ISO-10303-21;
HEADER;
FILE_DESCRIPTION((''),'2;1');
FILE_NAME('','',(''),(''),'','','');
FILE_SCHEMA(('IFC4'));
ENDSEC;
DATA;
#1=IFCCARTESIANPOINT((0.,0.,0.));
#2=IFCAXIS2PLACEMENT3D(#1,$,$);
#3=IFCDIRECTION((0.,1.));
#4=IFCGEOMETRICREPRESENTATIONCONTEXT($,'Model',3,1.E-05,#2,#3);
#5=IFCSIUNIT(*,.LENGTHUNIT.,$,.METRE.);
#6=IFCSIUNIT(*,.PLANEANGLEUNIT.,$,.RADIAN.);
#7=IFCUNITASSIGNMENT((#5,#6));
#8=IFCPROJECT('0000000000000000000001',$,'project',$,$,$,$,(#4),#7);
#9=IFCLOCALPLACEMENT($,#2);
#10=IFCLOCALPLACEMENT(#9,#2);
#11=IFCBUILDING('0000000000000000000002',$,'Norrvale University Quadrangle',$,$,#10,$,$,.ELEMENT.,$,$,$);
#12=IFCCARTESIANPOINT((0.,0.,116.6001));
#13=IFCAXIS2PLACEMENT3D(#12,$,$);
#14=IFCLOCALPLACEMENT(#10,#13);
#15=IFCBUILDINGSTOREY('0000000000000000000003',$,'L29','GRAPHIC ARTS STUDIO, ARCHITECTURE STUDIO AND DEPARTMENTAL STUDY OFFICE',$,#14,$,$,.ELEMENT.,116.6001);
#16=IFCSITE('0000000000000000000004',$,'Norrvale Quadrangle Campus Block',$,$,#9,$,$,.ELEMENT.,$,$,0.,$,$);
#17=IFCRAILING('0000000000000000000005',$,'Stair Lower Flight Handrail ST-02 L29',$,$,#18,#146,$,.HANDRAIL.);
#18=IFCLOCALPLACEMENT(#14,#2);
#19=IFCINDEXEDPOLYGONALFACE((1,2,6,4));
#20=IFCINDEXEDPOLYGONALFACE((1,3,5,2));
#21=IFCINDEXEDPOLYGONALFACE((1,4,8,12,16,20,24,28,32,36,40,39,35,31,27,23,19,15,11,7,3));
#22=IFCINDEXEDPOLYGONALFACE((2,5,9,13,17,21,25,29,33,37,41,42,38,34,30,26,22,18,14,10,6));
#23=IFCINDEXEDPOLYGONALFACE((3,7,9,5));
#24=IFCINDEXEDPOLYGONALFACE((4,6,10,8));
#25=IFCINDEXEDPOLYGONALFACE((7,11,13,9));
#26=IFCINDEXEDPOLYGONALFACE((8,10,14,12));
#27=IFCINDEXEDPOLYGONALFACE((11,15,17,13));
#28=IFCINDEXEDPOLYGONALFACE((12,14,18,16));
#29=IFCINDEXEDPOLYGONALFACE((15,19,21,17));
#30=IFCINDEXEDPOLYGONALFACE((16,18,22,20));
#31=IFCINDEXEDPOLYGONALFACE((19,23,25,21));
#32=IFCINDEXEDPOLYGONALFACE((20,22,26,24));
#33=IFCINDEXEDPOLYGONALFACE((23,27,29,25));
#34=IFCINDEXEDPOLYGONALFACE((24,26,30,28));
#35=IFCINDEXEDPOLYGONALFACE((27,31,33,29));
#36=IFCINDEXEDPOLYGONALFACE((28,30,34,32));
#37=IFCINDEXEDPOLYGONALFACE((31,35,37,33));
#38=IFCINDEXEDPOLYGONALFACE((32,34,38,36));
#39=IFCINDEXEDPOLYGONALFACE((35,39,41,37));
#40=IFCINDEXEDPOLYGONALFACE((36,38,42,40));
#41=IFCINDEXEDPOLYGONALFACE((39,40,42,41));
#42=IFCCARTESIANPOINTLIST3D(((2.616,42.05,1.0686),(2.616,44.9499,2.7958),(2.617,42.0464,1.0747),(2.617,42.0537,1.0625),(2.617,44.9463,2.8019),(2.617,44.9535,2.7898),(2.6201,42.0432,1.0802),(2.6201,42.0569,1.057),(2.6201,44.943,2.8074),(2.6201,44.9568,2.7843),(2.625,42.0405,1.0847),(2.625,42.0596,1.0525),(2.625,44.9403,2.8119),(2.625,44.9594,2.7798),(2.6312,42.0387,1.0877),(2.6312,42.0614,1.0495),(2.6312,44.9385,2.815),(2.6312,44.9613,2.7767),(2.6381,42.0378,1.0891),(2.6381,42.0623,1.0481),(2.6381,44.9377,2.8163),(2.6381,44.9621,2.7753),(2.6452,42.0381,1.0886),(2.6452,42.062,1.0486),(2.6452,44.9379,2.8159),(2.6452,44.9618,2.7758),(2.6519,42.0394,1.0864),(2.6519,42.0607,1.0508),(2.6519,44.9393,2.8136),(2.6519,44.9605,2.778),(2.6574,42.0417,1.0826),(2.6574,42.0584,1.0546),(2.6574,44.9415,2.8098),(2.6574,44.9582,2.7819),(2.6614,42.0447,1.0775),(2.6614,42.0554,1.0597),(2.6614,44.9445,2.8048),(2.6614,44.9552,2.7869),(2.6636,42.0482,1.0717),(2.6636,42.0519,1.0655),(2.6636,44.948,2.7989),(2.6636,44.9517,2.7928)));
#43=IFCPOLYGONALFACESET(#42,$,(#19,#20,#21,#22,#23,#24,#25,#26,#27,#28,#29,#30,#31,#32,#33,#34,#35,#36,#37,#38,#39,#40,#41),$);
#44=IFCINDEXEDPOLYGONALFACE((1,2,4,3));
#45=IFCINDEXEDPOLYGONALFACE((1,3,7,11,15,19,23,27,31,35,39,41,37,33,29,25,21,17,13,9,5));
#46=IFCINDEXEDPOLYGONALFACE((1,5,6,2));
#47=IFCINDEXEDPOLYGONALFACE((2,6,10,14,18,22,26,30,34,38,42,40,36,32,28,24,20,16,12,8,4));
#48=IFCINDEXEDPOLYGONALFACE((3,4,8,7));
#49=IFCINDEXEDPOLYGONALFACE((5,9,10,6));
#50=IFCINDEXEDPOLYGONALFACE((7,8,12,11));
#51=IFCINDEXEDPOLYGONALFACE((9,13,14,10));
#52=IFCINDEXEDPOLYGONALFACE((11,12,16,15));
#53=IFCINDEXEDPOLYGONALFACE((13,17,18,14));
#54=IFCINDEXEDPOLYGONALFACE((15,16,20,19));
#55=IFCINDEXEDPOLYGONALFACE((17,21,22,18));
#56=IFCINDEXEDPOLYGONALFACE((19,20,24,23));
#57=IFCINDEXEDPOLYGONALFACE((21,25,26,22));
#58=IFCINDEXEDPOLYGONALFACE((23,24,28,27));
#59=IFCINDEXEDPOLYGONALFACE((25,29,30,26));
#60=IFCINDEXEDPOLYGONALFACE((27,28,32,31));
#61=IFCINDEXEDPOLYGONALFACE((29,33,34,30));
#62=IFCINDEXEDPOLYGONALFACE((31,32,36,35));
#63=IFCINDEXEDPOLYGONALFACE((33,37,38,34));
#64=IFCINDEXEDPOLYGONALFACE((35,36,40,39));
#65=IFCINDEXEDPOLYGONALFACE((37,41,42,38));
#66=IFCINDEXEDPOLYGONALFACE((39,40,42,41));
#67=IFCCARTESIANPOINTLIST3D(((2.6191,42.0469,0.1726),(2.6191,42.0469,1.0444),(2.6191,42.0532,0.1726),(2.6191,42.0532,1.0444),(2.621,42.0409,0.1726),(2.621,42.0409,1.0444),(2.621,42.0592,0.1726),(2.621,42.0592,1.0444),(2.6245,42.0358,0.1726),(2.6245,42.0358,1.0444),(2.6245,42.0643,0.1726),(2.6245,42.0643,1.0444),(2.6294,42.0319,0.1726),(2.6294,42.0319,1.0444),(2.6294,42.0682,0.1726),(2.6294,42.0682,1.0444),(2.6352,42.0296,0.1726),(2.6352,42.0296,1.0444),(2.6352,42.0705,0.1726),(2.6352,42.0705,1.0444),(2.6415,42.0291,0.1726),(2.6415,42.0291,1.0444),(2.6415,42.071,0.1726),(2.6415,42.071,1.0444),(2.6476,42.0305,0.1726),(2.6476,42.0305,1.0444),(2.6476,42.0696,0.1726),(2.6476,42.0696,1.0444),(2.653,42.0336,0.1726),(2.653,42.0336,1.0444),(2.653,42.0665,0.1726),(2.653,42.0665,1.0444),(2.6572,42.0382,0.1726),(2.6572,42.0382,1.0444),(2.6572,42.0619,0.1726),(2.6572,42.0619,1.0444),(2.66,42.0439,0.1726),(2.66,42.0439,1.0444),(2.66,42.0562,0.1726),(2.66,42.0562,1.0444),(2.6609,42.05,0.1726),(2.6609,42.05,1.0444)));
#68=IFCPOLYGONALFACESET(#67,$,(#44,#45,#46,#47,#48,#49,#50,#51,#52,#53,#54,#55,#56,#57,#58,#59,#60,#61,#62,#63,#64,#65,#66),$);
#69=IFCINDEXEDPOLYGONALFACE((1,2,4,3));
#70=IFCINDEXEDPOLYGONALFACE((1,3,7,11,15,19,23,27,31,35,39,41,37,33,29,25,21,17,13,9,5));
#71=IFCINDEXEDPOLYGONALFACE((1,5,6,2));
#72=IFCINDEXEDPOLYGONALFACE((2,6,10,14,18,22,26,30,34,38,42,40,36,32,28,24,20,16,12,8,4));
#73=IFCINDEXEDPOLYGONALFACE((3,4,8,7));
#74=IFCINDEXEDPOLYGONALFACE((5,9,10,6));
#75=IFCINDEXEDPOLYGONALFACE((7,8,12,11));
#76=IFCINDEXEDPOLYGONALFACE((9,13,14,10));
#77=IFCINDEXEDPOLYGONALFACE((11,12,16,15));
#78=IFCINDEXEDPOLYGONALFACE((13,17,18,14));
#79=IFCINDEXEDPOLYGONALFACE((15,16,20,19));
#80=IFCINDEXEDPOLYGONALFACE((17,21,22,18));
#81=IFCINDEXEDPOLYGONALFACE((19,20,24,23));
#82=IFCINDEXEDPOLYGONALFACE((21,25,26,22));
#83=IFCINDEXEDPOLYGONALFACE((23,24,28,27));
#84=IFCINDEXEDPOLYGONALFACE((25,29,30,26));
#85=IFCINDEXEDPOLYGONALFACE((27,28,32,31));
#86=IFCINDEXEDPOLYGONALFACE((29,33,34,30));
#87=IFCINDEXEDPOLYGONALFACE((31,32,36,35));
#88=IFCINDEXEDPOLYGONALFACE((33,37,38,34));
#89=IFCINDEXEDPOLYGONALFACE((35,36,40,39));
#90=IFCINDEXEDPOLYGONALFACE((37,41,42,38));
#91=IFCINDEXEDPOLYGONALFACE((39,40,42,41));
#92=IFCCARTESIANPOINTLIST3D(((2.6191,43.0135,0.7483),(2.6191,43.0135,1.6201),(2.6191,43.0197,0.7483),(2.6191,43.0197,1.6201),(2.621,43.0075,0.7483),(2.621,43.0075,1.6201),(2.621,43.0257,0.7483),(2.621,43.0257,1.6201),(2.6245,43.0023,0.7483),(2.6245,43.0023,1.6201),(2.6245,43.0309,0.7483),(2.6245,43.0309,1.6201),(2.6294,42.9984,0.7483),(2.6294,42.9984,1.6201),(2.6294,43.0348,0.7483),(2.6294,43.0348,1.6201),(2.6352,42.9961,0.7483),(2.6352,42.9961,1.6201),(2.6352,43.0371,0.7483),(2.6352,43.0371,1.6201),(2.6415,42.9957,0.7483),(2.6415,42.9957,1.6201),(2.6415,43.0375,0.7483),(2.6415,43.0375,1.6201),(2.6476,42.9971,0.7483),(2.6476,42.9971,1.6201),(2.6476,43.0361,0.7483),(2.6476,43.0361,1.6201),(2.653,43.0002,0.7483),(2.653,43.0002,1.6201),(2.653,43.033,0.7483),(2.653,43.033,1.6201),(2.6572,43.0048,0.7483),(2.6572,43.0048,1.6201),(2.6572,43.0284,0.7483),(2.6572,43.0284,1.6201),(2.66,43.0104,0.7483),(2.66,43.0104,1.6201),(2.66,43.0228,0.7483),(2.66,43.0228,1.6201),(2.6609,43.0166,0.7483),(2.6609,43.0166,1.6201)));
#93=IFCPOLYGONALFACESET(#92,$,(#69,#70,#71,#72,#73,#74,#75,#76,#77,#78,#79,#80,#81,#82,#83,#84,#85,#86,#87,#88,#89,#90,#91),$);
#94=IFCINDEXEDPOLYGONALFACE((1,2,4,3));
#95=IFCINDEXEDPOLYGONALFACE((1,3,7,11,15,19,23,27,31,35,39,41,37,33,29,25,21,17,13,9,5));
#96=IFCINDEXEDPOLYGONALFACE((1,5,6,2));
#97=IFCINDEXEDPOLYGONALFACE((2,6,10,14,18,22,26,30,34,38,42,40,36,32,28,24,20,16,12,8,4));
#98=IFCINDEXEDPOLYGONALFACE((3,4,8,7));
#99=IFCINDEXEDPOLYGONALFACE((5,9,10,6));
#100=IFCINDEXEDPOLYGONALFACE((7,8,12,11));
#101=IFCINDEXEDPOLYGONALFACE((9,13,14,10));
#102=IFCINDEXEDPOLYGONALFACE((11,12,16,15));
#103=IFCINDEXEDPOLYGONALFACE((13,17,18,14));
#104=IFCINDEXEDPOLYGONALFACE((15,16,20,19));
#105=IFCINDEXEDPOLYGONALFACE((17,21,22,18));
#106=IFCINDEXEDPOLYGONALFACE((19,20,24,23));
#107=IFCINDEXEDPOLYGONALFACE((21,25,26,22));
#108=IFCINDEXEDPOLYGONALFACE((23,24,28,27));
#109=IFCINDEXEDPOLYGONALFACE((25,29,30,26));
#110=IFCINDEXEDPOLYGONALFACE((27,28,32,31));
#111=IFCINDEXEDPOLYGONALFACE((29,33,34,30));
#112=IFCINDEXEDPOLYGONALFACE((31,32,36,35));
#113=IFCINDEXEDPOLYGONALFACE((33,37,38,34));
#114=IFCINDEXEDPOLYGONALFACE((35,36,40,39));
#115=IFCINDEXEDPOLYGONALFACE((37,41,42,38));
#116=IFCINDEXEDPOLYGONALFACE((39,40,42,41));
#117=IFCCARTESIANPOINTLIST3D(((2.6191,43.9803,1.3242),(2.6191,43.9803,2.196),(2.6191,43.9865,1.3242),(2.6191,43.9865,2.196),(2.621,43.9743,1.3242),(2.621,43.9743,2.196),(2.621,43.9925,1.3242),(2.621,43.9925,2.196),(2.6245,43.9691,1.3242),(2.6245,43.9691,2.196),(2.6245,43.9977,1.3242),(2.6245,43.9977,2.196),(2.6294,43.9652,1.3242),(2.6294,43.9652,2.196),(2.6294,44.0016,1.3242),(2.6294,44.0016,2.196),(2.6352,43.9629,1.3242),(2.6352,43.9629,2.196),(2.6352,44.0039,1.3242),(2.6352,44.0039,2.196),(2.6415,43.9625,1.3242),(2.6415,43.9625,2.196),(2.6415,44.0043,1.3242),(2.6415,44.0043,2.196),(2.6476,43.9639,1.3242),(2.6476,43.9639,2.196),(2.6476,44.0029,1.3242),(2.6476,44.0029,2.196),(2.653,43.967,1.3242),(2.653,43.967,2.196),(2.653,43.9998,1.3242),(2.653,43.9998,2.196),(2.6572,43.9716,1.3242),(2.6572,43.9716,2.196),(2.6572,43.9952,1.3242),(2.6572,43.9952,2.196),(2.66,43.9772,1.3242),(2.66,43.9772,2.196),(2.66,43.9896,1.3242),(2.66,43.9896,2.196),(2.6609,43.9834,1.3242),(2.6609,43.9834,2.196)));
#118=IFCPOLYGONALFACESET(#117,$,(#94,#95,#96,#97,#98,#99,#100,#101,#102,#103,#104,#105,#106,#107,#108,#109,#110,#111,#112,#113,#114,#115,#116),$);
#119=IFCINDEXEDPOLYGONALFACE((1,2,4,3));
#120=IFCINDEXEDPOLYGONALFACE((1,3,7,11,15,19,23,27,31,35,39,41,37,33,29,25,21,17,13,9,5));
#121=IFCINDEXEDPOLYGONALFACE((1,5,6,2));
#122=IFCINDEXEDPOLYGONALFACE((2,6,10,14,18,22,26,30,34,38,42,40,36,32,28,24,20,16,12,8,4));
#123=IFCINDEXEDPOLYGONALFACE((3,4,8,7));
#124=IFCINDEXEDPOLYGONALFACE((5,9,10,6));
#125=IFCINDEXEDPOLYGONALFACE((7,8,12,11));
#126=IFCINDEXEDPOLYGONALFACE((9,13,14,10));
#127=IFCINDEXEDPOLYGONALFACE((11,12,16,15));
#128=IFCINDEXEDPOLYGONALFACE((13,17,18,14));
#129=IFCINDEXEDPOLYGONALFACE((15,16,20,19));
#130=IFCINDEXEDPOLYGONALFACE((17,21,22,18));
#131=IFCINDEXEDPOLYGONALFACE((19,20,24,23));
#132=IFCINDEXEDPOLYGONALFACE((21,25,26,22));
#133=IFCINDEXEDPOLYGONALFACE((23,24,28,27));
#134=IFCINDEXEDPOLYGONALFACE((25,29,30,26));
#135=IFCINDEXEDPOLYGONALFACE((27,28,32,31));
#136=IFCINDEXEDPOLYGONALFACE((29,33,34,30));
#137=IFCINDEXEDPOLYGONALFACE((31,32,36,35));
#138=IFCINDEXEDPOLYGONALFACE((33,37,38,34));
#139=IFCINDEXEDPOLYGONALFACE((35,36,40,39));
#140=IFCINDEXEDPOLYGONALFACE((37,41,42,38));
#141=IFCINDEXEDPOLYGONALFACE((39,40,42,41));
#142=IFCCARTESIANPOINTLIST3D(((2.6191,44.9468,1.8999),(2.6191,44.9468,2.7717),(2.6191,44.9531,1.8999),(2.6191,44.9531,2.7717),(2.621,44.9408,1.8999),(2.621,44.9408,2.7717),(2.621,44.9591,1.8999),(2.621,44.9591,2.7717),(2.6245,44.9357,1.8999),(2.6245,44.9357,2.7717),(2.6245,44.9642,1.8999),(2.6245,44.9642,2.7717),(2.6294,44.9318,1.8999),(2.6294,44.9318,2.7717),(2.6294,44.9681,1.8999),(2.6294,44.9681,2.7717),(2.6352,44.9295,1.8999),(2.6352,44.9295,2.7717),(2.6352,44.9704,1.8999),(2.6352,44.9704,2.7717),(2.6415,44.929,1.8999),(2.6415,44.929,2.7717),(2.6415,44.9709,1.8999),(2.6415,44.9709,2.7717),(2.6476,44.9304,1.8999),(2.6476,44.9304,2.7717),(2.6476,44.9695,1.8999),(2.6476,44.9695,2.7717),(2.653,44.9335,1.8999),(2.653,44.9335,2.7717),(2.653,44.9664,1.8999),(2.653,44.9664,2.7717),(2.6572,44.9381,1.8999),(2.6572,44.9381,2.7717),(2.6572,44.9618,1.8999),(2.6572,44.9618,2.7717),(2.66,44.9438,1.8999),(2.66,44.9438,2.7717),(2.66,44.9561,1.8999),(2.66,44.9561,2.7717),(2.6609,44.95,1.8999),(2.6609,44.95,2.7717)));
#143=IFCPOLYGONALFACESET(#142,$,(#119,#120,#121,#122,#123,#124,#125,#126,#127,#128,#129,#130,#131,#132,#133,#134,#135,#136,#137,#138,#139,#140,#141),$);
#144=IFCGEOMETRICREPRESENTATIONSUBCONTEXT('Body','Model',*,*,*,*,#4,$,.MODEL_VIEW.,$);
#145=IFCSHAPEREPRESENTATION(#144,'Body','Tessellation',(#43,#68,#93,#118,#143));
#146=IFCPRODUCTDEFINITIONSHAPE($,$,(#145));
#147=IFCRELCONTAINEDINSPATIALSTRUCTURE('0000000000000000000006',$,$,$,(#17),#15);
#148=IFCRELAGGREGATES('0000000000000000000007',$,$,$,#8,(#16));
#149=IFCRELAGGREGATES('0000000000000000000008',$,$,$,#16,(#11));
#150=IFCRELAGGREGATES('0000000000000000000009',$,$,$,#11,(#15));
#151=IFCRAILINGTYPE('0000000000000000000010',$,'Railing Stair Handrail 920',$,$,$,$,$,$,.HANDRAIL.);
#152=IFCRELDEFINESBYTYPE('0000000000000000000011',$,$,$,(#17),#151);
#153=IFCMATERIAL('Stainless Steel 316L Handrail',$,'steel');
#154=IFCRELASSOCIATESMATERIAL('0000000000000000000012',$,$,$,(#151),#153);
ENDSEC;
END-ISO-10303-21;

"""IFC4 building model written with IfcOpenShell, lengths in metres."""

from ifc_helpers import new_model, si_unit, direction, frame, origin, origin_2d, place, context, subcontext, project, spatial, circle, extrude, material, type_object, element, save


model = new_model("IFC4")

# Units and contexts
model_context = context("Model", 3, precision=1e-05, world=origin(), true_north=direction((0.0, 1.0)))
body_context = subcontext(model_context, "Body", "Model", "MODEL_VIEW")
ifc_project = project(units=[si_unit("LENGTHUNIT", "METRE"), si_unit("PLANEANGLEUNIT", "RADIAN")], contexts=[model_context])

# Site, building, storey
site_placement = place(None, origin())
site = spatial("IfcSite", under=ifc_project, at=site_placement, Name="Norrvale Quadrangle Campus Block", CompositionType="ELEMENT", RefElevation=0.0)
building_placement = place(site_placement, origin())
building = spatial("IfcBuilding", under=site, at=building_placement, Name="Norrvale University Quadrangle", CompositionType="ELEMENT")
storey_placement = place(building_placement, frame((0.0, 0.0, 116.6001)))
storey = spatial("IfcBuildingStorey", under=building, at=storey_placement, Name="L29", Description="GRAPHIC ARTS STUDIO, ARCHITECTURE STUDIO AND DEPARTMENTAL STUDY OFFICE", CompositionType="ELEMENT", Elevation=116.6001)

# Railing
ifc_material_1 = material(Name="Stainless Steel 316L Handrail", Category="steel")
railing_type_1 = type_object("IfcRailingType", Name="Railing Stair Handrail 920", PredefinedType="HANDRAIL", material=ifc_material_1)
railing_1_placement = place(storey_placement, frame((2.6399, 42.05, 0.1726)))
element("IfcRailing", 1, at=railing_1_placement, inside=storey, type_object=railing_type_1, Name="Stair Lower Flight Handrail ST-02 L29", PredefinedType="HANDRAIL", context=body_context, shape_type="SweptSolid", body=[
    extrude(circle(Radius=0.0239, at=origin_2d()), frame((0.0, 0.0, 0.896), z_axis=(0.0, 0.859141, 0.511738), x_axis=(-1.0, 0.0, 0.0)), (0.0, 0.0, 1.0), 3.3752),
    extrude(circle(Radius=0.021, at=origin_2d()), origin(), (0.0, 0.0, 1.0), 0.8718),
    extrude(circle(Radius=0.021, at=origin_2d()), frame((0.0, 0.9666, 0.5757)), (0.0, 0.0, 1.0), 0.8718),
    extrude(circle(Radius=0.021, at=origin_2d()), frame((0.0, 1.9333, 1.1516)), (0.0, 0.0, 1.0), 0.8718),
    extrude(circle(Radius=0.021, at=origin_2d()), frame((0.0, 2.8999, 1.7273)), (0.0, 0.0, 1.0), 0.8718),
])

save(model, "model.ifc")
